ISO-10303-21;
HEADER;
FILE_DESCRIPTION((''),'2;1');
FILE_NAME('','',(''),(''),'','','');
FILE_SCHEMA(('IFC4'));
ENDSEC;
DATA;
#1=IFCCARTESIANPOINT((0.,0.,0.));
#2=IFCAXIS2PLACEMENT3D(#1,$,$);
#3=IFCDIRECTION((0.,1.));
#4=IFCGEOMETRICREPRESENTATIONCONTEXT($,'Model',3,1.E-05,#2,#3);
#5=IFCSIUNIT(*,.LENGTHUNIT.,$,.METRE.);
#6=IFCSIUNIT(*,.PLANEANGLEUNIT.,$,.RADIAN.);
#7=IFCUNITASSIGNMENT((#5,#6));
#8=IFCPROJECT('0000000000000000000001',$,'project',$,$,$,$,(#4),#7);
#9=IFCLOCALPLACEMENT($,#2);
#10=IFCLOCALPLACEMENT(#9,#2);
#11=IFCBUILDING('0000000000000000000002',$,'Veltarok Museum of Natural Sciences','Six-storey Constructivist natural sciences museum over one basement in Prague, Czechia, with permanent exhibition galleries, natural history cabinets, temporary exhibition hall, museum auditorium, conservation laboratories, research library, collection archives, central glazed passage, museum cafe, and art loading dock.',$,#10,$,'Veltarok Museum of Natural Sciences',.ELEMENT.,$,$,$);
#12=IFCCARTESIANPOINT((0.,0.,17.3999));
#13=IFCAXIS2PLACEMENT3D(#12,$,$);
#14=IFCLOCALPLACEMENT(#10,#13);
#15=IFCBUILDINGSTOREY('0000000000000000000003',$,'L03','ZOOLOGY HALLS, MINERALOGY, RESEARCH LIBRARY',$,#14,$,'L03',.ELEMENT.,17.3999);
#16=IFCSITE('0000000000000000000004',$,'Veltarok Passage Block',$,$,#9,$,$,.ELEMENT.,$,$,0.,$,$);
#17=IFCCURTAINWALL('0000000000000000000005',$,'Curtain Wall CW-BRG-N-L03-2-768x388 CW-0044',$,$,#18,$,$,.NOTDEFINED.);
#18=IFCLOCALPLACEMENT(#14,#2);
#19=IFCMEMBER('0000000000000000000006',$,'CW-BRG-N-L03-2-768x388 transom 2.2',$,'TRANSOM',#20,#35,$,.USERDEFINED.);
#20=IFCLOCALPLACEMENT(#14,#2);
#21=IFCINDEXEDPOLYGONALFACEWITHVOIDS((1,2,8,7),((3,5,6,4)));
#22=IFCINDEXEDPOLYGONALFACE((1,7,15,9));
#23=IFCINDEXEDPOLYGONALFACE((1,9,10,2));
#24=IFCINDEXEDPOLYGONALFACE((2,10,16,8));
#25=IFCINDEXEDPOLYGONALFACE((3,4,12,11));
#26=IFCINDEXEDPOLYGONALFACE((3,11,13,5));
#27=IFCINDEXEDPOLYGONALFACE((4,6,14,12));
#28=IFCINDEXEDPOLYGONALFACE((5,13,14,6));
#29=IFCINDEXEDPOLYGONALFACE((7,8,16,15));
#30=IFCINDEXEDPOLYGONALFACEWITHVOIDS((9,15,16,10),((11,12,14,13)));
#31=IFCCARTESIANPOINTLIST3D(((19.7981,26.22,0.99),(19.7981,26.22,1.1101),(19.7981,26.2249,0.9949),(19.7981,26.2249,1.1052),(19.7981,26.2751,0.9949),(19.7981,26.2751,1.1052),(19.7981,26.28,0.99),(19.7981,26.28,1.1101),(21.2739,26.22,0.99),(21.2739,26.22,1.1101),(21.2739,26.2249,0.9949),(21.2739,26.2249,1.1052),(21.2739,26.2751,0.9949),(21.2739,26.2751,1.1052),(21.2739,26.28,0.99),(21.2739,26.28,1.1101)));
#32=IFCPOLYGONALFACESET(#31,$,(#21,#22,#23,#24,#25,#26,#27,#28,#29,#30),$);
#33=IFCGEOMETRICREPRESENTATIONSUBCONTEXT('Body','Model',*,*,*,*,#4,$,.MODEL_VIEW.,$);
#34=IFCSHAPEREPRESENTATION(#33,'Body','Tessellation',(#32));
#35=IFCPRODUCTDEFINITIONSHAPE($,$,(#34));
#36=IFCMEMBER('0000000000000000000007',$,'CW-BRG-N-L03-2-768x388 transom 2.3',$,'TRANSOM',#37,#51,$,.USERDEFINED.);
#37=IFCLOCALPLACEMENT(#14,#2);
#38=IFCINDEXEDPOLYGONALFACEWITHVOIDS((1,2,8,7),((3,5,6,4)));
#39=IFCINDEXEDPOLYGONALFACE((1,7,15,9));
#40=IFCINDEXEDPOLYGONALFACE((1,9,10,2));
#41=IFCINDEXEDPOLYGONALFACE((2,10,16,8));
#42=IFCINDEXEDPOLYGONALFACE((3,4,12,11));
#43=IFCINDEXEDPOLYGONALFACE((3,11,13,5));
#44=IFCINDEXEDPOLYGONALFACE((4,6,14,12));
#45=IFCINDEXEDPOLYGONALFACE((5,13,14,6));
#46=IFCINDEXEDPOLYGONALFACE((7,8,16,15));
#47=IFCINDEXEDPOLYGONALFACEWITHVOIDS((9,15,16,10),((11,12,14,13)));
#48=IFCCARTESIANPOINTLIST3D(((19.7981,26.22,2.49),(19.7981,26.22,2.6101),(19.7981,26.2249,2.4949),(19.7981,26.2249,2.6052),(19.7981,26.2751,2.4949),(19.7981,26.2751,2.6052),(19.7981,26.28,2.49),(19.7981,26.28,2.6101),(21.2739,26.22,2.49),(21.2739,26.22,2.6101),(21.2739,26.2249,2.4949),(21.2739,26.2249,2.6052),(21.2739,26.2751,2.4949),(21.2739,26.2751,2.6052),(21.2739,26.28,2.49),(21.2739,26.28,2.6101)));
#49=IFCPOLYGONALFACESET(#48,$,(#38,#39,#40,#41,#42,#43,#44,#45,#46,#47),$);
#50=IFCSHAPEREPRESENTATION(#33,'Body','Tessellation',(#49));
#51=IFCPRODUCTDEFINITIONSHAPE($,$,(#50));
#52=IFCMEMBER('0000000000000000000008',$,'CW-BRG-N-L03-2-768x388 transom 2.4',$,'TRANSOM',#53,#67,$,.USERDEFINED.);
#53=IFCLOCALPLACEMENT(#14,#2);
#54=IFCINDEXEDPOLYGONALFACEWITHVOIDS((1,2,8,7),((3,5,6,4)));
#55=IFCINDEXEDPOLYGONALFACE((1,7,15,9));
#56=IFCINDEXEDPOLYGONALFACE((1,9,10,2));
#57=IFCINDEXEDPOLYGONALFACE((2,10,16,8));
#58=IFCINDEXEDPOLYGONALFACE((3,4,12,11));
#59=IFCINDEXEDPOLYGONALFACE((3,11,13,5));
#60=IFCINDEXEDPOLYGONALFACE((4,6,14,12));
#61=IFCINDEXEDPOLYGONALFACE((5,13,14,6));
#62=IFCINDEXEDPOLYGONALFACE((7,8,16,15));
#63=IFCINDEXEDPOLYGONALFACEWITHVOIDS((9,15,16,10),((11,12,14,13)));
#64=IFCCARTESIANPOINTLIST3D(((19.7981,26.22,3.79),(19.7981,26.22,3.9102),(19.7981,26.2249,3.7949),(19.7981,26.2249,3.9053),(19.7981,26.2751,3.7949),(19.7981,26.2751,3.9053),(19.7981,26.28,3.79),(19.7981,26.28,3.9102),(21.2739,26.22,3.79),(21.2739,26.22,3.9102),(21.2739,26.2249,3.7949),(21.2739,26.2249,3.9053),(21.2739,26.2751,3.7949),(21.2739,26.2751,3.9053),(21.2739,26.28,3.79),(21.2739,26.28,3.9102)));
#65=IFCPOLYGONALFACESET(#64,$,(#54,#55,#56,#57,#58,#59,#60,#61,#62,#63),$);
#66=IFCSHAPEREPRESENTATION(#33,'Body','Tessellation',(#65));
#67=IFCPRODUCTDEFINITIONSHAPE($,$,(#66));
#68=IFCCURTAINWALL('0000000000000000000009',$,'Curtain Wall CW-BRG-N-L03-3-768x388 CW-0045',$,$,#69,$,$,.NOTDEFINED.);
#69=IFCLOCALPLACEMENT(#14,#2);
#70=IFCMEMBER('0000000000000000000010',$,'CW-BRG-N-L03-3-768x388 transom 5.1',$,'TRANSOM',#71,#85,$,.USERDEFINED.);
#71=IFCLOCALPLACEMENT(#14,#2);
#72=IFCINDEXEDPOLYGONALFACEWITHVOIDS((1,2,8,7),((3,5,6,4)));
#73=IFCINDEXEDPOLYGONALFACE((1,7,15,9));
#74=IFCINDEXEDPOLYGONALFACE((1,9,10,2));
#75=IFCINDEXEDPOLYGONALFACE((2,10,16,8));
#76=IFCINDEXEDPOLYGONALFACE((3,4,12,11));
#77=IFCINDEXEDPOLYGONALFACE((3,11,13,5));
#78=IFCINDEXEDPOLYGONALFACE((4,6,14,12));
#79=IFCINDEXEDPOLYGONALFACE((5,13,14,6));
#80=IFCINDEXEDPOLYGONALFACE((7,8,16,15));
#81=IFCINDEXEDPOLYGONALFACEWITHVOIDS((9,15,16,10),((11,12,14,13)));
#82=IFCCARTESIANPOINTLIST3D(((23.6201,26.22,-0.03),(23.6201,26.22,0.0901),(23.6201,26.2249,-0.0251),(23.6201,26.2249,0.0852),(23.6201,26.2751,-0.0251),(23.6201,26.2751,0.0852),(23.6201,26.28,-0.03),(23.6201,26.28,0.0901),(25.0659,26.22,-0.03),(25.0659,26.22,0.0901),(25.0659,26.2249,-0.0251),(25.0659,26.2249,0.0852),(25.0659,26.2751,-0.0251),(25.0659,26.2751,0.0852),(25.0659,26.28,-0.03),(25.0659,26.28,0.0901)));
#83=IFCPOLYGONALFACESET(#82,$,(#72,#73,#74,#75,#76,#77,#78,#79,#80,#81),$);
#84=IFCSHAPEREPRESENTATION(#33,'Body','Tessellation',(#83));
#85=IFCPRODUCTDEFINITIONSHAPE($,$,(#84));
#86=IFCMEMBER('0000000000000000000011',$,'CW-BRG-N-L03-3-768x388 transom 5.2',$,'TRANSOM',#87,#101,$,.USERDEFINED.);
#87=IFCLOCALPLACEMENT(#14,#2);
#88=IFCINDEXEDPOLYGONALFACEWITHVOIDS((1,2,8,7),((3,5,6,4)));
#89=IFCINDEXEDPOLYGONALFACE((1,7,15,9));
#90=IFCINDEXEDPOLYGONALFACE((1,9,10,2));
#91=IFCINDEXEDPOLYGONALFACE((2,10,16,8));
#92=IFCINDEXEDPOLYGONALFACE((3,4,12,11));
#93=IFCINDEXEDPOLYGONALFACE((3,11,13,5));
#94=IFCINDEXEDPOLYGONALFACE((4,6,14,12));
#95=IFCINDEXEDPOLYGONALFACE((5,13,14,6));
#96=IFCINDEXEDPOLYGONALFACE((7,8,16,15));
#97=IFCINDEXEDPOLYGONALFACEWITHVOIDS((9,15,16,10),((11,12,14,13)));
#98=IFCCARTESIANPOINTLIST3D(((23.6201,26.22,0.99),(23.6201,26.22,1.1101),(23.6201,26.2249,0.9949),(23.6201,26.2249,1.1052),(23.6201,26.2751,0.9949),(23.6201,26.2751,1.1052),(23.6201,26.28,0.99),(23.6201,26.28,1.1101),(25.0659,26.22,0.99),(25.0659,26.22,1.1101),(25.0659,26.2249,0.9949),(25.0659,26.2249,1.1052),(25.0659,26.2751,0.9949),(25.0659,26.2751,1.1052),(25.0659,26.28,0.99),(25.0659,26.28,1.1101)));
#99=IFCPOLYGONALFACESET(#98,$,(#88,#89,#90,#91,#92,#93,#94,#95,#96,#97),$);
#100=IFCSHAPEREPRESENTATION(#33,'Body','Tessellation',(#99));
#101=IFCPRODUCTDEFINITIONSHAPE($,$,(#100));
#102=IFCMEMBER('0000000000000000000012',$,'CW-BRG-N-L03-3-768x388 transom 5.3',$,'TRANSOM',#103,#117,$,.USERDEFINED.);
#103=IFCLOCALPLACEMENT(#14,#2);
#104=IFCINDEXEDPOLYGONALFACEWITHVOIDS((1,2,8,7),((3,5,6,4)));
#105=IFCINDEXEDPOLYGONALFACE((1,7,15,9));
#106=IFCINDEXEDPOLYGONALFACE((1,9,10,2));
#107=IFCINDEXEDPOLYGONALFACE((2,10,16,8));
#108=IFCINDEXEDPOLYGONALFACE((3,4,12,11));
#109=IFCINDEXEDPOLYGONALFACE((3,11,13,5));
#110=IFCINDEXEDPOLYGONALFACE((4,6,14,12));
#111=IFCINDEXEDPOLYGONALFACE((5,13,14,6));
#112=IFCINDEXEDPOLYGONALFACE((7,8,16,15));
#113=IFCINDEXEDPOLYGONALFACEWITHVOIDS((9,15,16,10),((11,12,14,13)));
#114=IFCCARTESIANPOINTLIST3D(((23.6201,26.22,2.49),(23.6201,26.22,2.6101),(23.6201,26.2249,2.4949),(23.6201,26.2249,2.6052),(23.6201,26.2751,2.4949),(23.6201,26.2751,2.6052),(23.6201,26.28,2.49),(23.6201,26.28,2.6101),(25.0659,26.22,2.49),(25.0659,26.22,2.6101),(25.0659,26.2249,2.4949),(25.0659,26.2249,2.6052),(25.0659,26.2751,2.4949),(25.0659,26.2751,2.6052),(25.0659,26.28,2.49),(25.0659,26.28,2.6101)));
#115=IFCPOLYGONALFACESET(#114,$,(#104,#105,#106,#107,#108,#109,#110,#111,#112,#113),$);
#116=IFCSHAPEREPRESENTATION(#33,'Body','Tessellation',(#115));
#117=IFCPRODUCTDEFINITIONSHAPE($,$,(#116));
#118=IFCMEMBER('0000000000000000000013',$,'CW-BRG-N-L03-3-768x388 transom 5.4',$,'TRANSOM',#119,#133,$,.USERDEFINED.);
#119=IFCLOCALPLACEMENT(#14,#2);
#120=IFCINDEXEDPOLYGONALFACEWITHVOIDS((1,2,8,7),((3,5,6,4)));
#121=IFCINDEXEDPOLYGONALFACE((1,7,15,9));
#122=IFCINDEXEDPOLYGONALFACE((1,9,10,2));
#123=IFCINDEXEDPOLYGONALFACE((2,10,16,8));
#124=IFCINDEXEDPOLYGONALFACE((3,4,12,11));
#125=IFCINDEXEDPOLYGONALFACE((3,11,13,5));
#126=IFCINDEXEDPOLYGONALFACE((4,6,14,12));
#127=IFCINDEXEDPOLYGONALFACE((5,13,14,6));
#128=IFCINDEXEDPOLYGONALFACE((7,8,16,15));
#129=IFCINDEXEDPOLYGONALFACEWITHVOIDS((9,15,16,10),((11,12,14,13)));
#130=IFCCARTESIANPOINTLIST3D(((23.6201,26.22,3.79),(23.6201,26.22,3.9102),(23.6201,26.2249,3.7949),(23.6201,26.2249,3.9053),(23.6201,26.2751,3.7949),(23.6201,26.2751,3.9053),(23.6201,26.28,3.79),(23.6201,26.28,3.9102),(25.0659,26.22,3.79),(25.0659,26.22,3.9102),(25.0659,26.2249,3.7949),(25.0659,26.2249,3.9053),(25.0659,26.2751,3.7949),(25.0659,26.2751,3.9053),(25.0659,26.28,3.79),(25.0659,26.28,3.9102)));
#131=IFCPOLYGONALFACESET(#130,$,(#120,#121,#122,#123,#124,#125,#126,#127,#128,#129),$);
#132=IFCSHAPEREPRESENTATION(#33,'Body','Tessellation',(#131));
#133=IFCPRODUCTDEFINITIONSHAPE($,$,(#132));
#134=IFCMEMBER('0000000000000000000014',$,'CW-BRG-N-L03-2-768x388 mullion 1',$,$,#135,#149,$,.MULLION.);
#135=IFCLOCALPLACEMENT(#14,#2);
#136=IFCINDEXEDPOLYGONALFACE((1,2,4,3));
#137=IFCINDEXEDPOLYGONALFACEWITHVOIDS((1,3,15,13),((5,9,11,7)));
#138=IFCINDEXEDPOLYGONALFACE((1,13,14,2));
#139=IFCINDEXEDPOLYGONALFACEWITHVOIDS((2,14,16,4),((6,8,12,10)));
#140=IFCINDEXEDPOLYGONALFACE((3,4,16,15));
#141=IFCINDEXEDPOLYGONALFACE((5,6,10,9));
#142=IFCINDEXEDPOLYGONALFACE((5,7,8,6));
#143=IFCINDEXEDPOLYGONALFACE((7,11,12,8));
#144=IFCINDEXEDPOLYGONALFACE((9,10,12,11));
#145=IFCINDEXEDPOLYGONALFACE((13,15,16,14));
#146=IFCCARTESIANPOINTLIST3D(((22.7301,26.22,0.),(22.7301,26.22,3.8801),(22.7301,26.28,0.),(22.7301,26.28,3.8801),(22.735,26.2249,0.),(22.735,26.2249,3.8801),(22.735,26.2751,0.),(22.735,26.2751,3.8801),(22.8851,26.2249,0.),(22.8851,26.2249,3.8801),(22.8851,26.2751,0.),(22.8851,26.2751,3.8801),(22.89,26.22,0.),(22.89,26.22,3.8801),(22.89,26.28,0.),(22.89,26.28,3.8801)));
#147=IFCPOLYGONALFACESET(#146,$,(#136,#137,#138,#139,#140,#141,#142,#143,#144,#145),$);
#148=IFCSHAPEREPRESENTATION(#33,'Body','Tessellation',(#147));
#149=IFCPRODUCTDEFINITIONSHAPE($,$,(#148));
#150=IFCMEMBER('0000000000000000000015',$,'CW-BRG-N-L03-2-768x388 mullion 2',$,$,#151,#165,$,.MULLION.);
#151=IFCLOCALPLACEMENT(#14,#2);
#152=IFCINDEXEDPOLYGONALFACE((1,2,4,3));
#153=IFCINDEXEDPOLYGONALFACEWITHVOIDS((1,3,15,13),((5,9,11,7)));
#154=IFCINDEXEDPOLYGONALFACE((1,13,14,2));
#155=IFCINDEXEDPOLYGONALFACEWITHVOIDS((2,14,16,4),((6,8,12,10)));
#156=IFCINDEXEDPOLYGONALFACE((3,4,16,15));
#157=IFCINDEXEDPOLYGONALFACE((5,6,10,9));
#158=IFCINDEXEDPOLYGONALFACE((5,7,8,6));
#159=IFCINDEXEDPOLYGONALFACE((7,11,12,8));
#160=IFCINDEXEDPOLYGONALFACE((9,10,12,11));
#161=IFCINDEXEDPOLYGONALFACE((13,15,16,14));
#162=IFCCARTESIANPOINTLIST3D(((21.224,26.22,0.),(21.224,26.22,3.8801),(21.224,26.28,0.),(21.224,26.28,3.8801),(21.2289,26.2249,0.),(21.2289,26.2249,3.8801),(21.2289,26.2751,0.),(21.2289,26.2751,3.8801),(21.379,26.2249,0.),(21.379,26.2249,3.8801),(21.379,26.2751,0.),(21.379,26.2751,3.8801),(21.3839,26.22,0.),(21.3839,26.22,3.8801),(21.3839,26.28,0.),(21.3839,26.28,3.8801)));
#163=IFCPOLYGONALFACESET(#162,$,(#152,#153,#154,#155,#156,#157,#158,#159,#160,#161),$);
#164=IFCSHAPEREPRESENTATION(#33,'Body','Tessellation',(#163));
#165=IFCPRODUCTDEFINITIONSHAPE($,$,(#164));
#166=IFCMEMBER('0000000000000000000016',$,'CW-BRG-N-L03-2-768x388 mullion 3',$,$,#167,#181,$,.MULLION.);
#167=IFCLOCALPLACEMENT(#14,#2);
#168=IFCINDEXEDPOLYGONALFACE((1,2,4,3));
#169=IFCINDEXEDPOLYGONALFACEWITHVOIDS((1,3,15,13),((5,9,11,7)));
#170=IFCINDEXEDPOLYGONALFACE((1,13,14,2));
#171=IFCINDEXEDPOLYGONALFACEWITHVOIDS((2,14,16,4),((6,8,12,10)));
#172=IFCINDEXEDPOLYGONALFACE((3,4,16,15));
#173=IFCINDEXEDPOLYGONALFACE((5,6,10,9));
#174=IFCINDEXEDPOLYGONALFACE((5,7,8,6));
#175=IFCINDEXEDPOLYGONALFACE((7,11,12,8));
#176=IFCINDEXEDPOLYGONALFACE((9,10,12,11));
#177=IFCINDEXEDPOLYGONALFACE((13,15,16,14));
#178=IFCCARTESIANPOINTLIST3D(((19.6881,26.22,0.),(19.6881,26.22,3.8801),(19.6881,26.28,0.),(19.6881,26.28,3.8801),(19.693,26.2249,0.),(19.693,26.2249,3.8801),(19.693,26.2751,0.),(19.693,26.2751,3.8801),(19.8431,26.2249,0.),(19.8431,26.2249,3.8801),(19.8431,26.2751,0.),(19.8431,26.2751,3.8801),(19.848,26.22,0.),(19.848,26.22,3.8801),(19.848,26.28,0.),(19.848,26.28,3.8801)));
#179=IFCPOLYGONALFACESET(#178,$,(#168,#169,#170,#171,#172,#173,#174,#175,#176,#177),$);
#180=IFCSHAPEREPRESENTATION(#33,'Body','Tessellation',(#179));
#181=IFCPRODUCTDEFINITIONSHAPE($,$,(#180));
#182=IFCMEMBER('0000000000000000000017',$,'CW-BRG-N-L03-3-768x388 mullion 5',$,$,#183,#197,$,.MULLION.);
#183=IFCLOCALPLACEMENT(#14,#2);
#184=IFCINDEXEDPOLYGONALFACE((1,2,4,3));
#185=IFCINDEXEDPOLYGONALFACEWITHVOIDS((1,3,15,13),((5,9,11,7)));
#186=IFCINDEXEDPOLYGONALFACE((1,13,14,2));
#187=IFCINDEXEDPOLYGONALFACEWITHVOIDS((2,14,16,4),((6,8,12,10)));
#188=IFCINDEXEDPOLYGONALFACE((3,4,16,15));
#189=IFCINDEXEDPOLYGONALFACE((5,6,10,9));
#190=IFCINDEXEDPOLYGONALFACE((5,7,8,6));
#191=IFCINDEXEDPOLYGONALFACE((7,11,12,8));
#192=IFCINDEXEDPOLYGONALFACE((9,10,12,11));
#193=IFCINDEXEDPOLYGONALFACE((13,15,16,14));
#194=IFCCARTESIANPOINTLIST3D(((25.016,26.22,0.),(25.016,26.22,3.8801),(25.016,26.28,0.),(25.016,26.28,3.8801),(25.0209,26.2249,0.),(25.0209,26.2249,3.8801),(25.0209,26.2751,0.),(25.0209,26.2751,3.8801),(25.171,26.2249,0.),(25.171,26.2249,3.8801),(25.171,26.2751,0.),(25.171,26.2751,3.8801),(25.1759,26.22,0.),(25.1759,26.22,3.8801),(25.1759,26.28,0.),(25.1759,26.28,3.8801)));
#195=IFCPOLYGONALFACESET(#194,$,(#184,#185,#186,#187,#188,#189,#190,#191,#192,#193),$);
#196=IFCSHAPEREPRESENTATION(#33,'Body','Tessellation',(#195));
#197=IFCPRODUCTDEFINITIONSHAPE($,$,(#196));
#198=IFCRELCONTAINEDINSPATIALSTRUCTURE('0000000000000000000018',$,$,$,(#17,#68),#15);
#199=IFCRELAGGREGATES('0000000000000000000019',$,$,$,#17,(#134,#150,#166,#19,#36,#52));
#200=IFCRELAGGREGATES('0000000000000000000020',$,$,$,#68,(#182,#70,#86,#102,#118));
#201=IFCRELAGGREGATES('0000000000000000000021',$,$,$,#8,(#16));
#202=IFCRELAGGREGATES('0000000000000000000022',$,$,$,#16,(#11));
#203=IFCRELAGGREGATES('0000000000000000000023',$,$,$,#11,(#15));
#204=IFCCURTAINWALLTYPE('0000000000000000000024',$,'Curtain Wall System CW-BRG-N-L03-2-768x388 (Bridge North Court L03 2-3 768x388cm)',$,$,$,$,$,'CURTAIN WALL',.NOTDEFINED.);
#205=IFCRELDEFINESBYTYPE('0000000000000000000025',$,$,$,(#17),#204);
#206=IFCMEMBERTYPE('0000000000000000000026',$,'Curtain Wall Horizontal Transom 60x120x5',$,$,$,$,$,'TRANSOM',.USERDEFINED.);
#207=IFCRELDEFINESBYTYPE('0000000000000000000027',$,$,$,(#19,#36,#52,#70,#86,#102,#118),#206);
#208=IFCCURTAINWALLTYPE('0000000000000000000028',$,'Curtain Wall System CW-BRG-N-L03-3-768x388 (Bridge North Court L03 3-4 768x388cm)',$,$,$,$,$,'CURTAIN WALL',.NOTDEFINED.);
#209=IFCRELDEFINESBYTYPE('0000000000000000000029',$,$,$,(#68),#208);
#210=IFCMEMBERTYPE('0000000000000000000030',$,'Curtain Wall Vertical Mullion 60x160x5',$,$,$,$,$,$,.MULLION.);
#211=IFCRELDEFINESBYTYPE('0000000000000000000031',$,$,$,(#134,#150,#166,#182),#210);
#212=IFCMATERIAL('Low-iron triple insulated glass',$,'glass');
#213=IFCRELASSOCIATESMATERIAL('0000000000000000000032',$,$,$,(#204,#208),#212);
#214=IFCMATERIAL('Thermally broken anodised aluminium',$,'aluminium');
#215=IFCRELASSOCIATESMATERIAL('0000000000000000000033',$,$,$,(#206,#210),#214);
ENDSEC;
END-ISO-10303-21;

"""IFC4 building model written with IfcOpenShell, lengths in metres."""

from ifc_helpers import new_model, si_unit, direction, frame, origin, origin_2d, place, context, subcontext, project, spatial, hollow_rectangle, extrude, material, material_profile, profile_set, type_object, element, aggregate, save


model = new_model("IFC4")

# Units and contexts
model_context = context("Model", 3, precision=1e-05, world=origin(), true_north=direction((0.0, 1.0)))
body_context = subcontext(model_context, "Body", "Model", "MODEL_VIEW")
ifc_project = project(units=[si_unit("LENGTHUNIT", "METRE"), si_unit("PLANEANGLEUNIT", "RADIAN")], contexts=[model_context])

# Site, building, storey
site_placement = place(None, origin())
site = spatial("IfcSite", under=ifc_project, at=site_placement, Name="Veltarok Passage Block", CompositionType="ELEMENT", RefElevation=0.0)
building_placement = place(site_placement, origin())
building = spatial("IfcBuilding", under=site, at=building_placement, Name="Veltarok Museum of Natural Sciences", Description="Six-storey Constructivist natural sciences museum over one basement in Prague, Czechia, with permanent exhibition galleries, natural history cabinets, temporary exhibition hall, museum auditorium, conservation laboratories, research library, collection archives, central glazed passage, museum cafe, and art loading dock.", LongName="Veltarok Museum of Natural Sciences", CompositionType="ELEMENT")
storey_placement = place(building_placement, frame((0.0, 0.0, 17.3999)))
storey = spatial("IfcBuildingStorey", under=building, at=storey_placement, Name="L03", Description="ZOOLOGY HALLS, MINERALOGY, RESEARCH LIBRARY", LongName="L03", CompositionType="ELEMENT", Elevation=17.3999)

# Curtain walls, members
ifc_material_1 = material(Name="Low-iron triple insulated glass", Category="glass")
curtain_wall_type_1 = type_object("IfcCurtainWallType", Name="Curtain Wall System CW-BRG-N-L03-2-768x388 (Bridge North Court L03 2-3 768x388cm)", ElementType="CURTAIN WALL", PredefinedType="NOTDEFINED", material=ifc_material_1)
curtain_wall_1_placement = place(storey_placement, origin())
curtain_wall_1 = element("IfcCurtainWall", 1, at=curtain_wall_1_placement, inside=storey, type_object=curtain_wall_type_1, Name="Curtain Wall CW-BRG-N-L03-2-768x388 CW-0044", PredefinedType="NOTDEFINED")
ifc_material_2 = material(Name="Thermally broken anodised aluminium", Category="aluminium")
ifc_material_profile_1 = material_profile(ifc_material_2, hollow_rectangle(XDim=0.0601, YDim=0.1201, WallThickness=0.0049, at=origin_2d()), Name="CW TRANSOM 60x120x5")
ifc_profile_set_1 = profile_set([ifc_material_profile_1], Name="Thermally broken anodised aluminium")
member_type_1 = type_object("IfcMemberType", Name="Curtain Wall Horizontal Transom 60x120x5", ElementType="TRANSOM", PredefinedType="USERDEFINED", material=ifc_profile_set_1)
member_1_placement = place(storey_placement, frame((21.2739, 26.25, 1.05), z_axis=(-1.0, 0.0, 0.0), x_axis=(0.0, -1.0, 0.0)))
member_1 = element("IfcMember", 2, at=member_1_placement, type_object=member_type_1, Name="CW-BRG-N-L03-2-768x388 transom 2.2", ObjectType="TRANSOM", PredefinedType="USERDEFINED", context=body_context, shape_type="SweptSolid", body=[
    extrude(hollow_rectangle(XDim=0.0601, YDim=0.1201, WallThickness=0.0049, at=origin_2d()), origin(), (0.0, 0.0, 1.0), 1.4758),
])
member_2_placement = place(storey_placement, frame((21.2739, 26.25, 2.55), z_axis=(-1.0, 0.0, 0.0), x_axis=(0.0, -1.0, 0.0)))
member_2 = element("IfcMember", 3, at=member_2_placement, type_object=member_type_1, Name="CW-BRG-N-L03-2-768x388 transom 2.3", ObjectType="TRANSOM", PredefinedType="USERDEFINED", context=body_context, shape_type="SweptSolid", body=[
    extrude(hollow_rectangle(XDim=0.0601, YDim=0.1201, WallThickness=0.0049, at=origin_2d()), origin(), (0.0, 0.0, 1.0), 1.4758),
])
member_3_placement = place(storey_placement, frame((21.2739, 26.25, 3.8501), z_axis=(-1.0, 0.0, 0.0), x_axis=(0.0, -1.0, 0.0)))
member_3 = element("IfcMember", 4, at=member_3_placement, type_object=member_type_1, Name="CW-BRG-N-L03-2-768x388 transom 2.4", ObjectType="TRANSOM", PredefinedType="USERDEFINED", context=body_context, shape_type="SweptSolid", body=[
    extrude(hollow_rectangle(XDim=0.0601, YDim=0.1201, WallThickness=0.0049, at=origin_2d()), origin(), (0.0, 0.0, 1.0), 1.4758),
])
curtain_wall_type_2 = type_object("IfcCurtainWallType", Name="Curtain Wall System CW-BRG-N-L03-3-768x388 (Bridge North Court L03 3-4 768x388cm)", ElementType="CURTAIN WALL", PredefinedType="NOTDEFINED", material=ifc_material_1)
curtain_wall_2_placement = place(storey_placement, origin())
curtain_wall_2 = element("IfcCurtainWall", 5, at=curtain_wall_2_placement, inside=storey, type_object=curtain_wall_type_2, Name="Curtain Wall CW-BRG-N-L03-3-768x388 CW-0045", PredefinedType="NOTDEFINED")
member_4_placement = place(storey_placement, frame((25.0659, 26.25, 0.03), z_axis=(-1.0, 0.0, 0.0), x_axis=(0.0, -1.0, 0.0)))
member_4 = element("IfcMember", 6, at=member_4_placement, type_object=member_type_1, Name="CW-BRG-N-L03-3-768x388 transom 5.1", ObjectType="TRANSOM", PredefinedType="USERDEFINED", context=body_context, shape_type="SweptSolid", body=[
    extrude(hollow_rectangle(XDim=0.0601, YDim=0.1201, WallThickness=0.0049, at=origin_2d()), origin(), (0.0, 0.0, 1.0), 1.4458),
])
member_5_placement = place(storey_placement, frame((25.0659, 26.25, 1.05), z_axis=(-1.0, 0.0, 0.0), x_axis=(0.0, -1.0, 0.0)))
member_5 = element("IfcMember", 7, at=member_5_placement, type_object=member_type_1, Name="CW-BRG-N-L03-3-768x388 transom 5.2", ObjectType="TRANSOM", PredefinedType="USERDEFINED", context=body_context, shape_type="SweptSolid", body=[
    extrude(hollow_rectangle(XDim=0.0601, YDim=0.1201, WallThickness=0.0049, at=origin_2d()), origin(), (0.0, 0.0, 1.0), 1.4458),
])
member_6_placement = place(storey_placement, frame((25.0659, 26.25, 2.55), z_axis=(-1.0, 0.0, 0.0), x_axis=(0.0, -1.0, 0.0)))
member_6 = element("IfcMember", 8, at=member_6_placement, type_object=member_type_1, Name="CW-BRG-N-L03-3-768x388 transom 5.3", ObjectType="TRANSOM", PredefinedType="USERDEFINED", context=body_context, shape_type="SweptSolid", body=[
    extrude(hollow_rectangle(XDim=0.0601, YDim=0.1201, WallThickness=0.0049, at=origin_2d()), origin(), (0.0, 0.0, 1.0), 1.4458),
])
member_7_placement = place(storey_placement, frame((25.0659, 26.25, 3.8501), z_axis=(-1.0, 0.0, 0.0), x_axis=(0.0, -1.0, 0.0)))
member_7 = element("IfcMember", 9, at=member_7_placement, type_object=member_type_1, Name="CW-BRG-N-L03-3-768x388 transom 5.4", ObjectType="TRANSOM", PredefinedType="USERDEFINED", context=body_context, shape_type="SweptSolid", body=[
    extrude(hollow_rectangle(XDim=0.0601, YDim=0.1201, WallThickness=0.0049, at=origin_2d()), origin(), (0.0, 0.0, 1.0), 1.4458),
])

# Members
ifc_material_profile_2 = material_profile(ifc_material_2, hollow_rectangle(XDim=0.0601, YDim=0.1599, WallThickness=0.0049, at=origin_2d()), Name="CW MULLION 60x160x5")
ifc_profile_set_2 = profile_set([ifc_material_profile_2], Name="Thermally broken anodised aluminium")
member_type_2 = type_object("IfcMemberType", Name="Curtain Wall Vertical Mullion 60x160x5", PredefinedType="MULLION", material=ifc_profile_set_2)
member_8_placement = place(storey_placement, frame((22.8101, 26.25, 0.0), z_axis=(0.0, 0.0, 1.0), x_axis=(0.0, -1.0, 0.0)))
member_8 = element("IfcMember", 10, at=member_8_placement, type_object=member_type_2, Name="CW-BRG-N-L03-2-768x388 mullion 1", PredefinedType="MULLION", context=body_context, shape_type="SweptSolid", body=[
    extrude(hollow_rectangle(XDim=0.0601, YDim=0.1599, WallThickness=0.0049, at=origin_2d()), origin(), (0.0, 0.0, 1.0), 3.8801),
])
member_9_placement = place(storey_placement, frame((21.304, 26.25, 0.0), z_axis=(0.0, 0.0, 1.0), x_axis=(0.0, -1.0, 0.0)))
member_9 = element("IfcMember", 11, at=member_9_placement, type_object=member_type_2, Name="CW-BRG-N-L03-2-768x388 mullion 2", PredefinedType="MULLION", context=body_context, shape_type="SweptSolid", body=[
    extrude(hollow_rectangle(XDim=0.0601, YDim=0.1599, WallThickness=0.0049, at=origin_2d()), origin(), (0.0, 0.0, 1.0), 3.8801),
])
member_10_placement = place(storey_placement, frame((19.7681, 26.25, 0.0), z_axis=(0.0, 0.0, 1.0), x_axis=(0.0, -1.0, 0.0)))
member_10 = element("IfcMember", 12, at=member_10_placement, type_object=member_type_2, Name="CW-BRG-N-L03-2-768x388 mullion 3", PredefinedType="MULLION", context=body_context, shape_type="SweptSolid", body=[
    extrude(hollow_rectangle(XDim=0.0601, YDim=0.1599, WallThickness=0.0049, at=origin_2d()), origin(), (0.0, 0.0, 1.0), 3.8801),
])
member_11_placement = place(storey_placement, frame((25.0959, 26.25, 0.0), z_axis=(0.0, 0.0, 1.0), x_axis=(0.0, -1.0, 0.0)))
member_11 = element("IfcMember", 13, at=member_11_placement, type_object=member_type_2, Name="CW-BRG-N-L03-3-768x388 mullion 5", PredefinedType="MULLION", context=body_context, shape_type="SweptSolid", body=[
    extrude(hollow_rectangle(XDim=0.0601, YDim=0.1599, WallThickness=0.0049, at=origin_2d()), origin(), (0.0, 0.0, 1.0), 3.8801),
])

aggregate(curtain_wall_1, [member_8, member_9, member_10, member_1, member_2, member_3])
aggregate(curtain_wall_2, [member_11, member_4, member_5, member_6, member_7])

save(model, "model.ifc")
